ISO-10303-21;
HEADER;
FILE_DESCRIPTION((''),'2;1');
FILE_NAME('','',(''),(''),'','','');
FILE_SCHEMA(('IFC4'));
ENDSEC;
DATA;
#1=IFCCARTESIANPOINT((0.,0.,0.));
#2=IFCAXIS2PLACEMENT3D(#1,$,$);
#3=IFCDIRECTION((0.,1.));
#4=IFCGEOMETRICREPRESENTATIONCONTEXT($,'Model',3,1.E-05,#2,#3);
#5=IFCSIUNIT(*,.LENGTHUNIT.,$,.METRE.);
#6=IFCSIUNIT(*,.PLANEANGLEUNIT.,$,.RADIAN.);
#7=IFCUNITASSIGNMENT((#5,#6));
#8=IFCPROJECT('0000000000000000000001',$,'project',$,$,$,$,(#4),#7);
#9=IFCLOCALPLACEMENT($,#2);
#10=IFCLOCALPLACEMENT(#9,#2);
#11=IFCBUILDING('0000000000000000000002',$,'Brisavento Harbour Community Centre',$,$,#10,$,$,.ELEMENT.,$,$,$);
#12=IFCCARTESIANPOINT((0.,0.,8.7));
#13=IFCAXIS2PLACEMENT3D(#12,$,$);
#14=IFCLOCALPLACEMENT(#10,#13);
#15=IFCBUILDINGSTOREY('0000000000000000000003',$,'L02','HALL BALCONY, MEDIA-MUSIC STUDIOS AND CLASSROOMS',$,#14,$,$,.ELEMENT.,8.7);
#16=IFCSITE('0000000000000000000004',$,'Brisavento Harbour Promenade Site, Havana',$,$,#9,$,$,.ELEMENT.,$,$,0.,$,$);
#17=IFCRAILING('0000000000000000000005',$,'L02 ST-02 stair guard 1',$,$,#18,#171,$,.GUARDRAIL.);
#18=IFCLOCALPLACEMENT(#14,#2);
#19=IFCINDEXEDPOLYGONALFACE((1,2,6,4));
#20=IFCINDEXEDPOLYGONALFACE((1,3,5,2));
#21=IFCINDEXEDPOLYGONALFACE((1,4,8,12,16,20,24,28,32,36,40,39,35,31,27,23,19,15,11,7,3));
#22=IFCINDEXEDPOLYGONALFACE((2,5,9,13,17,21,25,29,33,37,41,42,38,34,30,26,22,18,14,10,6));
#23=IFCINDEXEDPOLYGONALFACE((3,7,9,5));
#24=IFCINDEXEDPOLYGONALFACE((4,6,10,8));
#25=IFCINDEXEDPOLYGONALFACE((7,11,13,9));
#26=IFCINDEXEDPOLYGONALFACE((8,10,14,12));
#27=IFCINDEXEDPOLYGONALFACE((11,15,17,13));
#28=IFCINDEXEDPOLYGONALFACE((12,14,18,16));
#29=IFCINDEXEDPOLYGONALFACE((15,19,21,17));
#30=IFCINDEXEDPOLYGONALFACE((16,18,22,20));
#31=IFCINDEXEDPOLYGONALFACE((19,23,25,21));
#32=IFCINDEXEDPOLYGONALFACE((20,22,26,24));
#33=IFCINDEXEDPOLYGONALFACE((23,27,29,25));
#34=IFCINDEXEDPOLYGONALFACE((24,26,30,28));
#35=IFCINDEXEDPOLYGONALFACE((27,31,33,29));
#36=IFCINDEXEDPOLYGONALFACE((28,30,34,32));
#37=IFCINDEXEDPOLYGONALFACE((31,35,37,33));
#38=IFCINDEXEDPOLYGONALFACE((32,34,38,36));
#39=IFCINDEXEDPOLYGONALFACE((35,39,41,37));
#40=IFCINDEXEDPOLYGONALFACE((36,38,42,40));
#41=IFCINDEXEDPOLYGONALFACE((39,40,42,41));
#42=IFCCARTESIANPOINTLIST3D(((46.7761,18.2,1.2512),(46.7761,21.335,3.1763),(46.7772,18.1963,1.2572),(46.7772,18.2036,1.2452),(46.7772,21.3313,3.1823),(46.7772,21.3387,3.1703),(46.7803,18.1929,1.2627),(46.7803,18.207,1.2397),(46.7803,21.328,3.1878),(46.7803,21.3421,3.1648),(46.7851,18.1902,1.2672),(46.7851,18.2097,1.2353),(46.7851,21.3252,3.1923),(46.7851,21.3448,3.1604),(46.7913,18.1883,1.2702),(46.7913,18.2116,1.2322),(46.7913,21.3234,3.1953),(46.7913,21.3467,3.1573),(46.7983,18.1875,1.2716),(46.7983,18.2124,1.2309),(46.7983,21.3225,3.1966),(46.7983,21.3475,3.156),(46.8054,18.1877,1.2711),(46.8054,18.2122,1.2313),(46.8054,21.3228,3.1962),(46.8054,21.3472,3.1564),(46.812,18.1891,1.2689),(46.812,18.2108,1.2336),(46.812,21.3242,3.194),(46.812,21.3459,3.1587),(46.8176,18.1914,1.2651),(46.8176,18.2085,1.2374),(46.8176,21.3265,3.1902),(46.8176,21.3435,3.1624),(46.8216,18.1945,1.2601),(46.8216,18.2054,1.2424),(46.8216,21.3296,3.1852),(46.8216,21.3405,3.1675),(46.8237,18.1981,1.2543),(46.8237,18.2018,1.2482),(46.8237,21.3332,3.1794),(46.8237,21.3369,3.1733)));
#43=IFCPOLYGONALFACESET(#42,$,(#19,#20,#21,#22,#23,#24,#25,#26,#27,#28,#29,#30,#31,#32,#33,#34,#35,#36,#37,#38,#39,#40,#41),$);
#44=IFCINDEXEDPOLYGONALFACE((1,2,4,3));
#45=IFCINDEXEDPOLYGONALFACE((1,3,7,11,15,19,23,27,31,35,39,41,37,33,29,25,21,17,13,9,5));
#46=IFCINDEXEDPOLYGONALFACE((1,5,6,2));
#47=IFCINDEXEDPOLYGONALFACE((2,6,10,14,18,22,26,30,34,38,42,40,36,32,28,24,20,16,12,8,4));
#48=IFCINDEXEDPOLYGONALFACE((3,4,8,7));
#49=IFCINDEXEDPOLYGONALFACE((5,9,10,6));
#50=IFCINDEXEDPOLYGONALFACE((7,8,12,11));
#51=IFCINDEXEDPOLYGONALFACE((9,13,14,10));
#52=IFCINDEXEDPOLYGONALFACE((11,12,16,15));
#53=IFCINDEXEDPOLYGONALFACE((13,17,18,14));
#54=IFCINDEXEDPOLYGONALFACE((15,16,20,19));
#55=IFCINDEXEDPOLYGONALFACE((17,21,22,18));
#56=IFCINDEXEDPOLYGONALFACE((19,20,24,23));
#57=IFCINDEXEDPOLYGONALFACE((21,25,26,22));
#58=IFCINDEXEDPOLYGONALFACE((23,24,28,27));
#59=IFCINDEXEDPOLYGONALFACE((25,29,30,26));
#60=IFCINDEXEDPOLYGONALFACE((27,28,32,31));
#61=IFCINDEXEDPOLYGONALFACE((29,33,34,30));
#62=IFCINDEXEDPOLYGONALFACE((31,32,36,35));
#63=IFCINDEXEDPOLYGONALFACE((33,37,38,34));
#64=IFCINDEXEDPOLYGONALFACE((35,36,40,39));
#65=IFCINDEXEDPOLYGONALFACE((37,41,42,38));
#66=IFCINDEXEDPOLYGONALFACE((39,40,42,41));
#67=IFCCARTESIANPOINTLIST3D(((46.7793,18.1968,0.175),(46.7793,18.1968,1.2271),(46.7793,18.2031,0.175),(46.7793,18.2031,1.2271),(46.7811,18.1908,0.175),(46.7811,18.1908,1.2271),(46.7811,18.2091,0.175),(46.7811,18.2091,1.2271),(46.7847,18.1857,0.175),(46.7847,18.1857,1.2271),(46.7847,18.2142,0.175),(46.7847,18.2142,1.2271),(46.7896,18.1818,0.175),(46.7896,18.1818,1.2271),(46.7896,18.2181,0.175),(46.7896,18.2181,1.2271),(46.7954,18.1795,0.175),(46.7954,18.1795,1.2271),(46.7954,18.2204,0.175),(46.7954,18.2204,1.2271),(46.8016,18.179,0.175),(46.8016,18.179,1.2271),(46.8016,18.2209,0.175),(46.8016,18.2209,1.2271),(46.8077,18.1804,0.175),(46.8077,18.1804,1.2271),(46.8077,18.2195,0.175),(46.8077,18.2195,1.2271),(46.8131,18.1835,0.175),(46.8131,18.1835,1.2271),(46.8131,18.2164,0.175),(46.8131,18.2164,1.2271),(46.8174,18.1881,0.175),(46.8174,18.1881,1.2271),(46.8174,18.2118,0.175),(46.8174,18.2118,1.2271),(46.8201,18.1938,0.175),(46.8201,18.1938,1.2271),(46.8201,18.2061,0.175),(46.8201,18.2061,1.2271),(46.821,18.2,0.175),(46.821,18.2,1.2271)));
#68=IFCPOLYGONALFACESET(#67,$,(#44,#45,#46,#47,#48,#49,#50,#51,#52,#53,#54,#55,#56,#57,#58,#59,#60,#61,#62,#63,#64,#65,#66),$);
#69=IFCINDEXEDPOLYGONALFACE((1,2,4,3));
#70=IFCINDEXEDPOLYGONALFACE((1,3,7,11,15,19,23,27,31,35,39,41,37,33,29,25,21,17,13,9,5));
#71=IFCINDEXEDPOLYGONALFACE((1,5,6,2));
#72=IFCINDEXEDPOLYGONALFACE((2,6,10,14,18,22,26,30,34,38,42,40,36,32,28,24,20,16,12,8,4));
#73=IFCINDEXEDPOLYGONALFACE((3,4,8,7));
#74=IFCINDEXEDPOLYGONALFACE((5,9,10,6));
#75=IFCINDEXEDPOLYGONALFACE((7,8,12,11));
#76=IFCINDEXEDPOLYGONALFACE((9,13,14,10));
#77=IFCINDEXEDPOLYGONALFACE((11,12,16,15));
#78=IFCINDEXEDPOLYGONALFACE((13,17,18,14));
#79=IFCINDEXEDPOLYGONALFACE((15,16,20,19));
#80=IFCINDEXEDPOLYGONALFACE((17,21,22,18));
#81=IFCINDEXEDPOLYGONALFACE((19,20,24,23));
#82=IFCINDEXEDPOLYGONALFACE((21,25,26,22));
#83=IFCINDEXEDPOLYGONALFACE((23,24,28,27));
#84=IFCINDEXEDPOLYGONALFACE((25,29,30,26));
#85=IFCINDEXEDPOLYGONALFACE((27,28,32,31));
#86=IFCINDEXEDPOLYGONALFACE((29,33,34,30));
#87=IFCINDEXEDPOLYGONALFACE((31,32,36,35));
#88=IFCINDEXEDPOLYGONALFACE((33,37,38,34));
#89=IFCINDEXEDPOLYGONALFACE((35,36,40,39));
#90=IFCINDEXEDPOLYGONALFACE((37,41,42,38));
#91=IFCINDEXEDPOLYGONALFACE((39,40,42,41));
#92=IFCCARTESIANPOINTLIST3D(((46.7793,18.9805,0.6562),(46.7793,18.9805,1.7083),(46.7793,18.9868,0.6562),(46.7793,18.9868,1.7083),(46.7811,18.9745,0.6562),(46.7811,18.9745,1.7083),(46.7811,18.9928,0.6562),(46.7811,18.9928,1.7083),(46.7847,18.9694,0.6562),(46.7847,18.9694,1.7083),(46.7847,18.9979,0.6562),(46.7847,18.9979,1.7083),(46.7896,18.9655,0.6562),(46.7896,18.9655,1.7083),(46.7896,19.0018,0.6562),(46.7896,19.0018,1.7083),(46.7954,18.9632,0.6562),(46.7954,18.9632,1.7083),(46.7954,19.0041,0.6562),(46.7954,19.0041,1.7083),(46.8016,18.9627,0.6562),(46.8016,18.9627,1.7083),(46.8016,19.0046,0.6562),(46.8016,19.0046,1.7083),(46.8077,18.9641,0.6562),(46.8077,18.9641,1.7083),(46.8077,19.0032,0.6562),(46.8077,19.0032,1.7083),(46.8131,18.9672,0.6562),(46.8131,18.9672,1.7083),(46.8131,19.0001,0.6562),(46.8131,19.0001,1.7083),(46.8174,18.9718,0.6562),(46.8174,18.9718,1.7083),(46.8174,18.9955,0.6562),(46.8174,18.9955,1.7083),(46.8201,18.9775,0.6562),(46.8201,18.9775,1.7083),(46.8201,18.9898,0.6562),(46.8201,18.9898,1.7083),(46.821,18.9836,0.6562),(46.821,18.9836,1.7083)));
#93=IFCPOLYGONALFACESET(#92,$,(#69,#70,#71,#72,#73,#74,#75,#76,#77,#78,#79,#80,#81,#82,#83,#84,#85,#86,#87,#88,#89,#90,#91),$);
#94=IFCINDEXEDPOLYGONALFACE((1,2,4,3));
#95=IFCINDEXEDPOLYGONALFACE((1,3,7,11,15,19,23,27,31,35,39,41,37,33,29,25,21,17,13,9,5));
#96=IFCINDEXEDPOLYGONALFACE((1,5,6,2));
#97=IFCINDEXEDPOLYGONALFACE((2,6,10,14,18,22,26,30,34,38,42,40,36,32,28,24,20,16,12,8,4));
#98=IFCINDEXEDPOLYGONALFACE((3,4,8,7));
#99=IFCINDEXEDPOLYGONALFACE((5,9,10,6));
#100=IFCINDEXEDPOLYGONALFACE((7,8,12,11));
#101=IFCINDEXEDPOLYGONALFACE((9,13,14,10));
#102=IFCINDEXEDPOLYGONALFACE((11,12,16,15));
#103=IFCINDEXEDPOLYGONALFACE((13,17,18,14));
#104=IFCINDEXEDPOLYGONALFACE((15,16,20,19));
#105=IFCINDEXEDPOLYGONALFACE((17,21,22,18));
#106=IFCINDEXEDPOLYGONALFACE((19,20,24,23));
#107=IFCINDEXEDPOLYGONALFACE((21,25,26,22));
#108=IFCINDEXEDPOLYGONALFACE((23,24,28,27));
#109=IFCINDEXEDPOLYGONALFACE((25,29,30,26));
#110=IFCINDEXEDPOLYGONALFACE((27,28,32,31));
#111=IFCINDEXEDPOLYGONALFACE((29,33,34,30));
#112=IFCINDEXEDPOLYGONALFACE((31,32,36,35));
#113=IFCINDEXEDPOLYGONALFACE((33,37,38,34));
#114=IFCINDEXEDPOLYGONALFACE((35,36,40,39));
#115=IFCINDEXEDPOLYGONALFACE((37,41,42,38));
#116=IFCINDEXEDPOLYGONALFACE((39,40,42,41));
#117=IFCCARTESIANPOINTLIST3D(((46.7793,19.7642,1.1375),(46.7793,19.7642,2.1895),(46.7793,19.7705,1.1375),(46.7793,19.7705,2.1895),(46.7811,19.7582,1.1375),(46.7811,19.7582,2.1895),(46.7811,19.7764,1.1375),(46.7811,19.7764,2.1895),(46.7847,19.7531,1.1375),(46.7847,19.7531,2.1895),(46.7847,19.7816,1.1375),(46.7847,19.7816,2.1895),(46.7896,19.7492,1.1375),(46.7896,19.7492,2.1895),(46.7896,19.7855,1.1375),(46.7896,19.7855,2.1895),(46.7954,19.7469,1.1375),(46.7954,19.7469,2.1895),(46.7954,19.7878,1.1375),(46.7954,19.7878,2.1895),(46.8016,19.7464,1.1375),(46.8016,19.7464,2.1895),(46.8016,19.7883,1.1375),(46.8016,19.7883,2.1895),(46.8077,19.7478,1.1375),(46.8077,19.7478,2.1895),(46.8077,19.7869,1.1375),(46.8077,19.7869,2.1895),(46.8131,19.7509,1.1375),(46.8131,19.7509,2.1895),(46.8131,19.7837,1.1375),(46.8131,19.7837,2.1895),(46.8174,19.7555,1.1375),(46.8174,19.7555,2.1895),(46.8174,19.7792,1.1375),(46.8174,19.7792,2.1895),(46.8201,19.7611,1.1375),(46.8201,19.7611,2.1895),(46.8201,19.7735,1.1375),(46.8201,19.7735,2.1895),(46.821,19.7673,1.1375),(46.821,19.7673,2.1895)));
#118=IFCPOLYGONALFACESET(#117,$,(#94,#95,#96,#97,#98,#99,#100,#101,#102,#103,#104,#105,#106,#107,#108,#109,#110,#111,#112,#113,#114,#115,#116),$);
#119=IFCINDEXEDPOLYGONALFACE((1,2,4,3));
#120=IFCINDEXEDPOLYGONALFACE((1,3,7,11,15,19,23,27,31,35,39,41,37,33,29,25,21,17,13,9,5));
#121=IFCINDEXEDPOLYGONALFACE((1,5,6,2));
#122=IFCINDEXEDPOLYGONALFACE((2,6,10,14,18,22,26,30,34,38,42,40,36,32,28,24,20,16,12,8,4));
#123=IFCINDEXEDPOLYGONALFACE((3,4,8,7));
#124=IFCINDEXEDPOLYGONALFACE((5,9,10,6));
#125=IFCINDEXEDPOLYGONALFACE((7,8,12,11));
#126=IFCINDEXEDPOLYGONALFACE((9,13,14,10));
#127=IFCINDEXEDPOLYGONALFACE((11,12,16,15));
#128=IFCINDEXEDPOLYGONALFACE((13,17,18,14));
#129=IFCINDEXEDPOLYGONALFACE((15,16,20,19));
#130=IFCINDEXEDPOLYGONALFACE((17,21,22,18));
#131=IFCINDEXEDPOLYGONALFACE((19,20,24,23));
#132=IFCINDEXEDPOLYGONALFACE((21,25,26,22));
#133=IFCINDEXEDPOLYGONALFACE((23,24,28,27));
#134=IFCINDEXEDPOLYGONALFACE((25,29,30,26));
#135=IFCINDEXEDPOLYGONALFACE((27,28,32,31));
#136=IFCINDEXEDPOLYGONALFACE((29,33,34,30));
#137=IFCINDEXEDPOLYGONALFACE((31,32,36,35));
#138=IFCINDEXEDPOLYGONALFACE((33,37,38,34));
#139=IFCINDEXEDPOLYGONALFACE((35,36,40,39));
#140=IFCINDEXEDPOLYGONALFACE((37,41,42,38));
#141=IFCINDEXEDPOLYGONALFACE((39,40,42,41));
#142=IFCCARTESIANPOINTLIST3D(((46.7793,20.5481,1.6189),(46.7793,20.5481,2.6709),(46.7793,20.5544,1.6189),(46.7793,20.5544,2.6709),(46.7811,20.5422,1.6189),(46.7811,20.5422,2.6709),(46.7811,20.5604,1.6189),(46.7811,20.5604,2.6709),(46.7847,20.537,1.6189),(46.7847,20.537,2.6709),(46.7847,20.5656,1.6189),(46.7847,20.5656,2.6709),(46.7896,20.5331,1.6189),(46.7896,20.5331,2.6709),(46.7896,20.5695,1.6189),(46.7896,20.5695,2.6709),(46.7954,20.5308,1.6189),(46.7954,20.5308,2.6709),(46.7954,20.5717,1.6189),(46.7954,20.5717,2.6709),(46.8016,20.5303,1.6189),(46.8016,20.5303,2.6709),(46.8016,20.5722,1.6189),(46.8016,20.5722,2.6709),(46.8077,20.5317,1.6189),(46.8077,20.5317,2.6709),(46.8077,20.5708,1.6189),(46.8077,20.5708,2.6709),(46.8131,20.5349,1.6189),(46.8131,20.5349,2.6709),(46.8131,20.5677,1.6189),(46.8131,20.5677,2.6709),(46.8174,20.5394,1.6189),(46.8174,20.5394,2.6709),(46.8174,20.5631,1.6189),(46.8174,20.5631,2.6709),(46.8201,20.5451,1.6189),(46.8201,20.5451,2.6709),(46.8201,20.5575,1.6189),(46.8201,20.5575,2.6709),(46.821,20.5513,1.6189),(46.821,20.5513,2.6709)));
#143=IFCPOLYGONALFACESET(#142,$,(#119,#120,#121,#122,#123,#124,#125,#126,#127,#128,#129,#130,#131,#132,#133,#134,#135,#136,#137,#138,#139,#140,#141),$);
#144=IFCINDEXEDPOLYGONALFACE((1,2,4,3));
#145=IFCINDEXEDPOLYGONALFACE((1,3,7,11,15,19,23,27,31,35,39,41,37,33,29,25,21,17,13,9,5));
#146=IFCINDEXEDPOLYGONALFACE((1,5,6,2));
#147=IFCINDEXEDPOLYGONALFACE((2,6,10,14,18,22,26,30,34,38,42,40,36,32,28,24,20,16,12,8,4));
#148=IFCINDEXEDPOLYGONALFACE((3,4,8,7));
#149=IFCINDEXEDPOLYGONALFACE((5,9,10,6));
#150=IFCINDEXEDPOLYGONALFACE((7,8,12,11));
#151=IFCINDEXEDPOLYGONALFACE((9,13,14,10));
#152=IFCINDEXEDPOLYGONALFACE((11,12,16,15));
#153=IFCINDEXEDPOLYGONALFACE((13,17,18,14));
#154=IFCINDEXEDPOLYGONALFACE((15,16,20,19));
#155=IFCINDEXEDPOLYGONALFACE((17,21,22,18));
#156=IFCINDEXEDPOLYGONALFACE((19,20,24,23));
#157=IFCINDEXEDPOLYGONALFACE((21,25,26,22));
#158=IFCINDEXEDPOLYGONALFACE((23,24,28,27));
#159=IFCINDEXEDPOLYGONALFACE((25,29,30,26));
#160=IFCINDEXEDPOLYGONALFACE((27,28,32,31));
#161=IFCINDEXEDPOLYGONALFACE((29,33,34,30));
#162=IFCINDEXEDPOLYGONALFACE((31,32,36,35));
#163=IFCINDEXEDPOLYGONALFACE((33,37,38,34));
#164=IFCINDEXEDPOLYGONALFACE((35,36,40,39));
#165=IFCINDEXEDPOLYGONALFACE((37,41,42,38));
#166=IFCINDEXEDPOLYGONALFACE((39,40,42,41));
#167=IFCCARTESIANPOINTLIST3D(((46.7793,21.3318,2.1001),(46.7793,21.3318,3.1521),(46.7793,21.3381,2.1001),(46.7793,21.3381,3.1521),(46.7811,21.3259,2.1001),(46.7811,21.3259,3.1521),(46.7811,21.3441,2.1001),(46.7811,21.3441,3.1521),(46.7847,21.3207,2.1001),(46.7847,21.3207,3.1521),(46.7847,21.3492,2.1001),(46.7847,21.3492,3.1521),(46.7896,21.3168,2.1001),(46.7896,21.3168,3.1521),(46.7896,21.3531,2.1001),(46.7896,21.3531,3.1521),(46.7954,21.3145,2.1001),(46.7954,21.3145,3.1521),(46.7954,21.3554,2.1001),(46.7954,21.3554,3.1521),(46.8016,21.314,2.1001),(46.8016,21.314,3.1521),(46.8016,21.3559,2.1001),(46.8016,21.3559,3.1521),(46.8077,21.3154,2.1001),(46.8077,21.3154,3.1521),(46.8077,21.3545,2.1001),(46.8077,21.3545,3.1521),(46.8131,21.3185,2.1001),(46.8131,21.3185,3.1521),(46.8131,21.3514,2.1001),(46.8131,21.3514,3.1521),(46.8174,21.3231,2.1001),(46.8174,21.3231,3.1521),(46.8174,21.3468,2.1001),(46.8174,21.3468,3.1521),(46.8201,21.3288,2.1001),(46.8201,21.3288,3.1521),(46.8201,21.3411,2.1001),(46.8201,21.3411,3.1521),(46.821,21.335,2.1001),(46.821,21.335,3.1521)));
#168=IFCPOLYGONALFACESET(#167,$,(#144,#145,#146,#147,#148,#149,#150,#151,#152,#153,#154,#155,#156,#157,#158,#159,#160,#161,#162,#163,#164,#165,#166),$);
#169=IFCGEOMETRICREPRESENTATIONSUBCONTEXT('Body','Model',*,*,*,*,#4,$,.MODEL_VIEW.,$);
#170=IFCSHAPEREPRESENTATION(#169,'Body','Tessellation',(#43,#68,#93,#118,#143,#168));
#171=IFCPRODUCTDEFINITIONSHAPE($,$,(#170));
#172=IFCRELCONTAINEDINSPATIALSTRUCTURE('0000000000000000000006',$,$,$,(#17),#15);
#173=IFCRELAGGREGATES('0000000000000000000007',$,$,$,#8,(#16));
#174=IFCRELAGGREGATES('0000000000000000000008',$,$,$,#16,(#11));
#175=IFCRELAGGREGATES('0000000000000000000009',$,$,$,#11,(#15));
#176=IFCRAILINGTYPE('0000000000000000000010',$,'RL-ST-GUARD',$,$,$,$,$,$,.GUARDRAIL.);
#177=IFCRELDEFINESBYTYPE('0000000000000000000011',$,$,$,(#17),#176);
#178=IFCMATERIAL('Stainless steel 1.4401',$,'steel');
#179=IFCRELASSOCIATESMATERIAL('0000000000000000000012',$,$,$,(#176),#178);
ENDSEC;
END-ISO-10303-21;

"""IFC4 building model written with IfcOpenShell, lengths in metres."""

from ifc_helpers import new_model, si_unit, direction, frame, origin, origin_2d, place, context, subcontext, project, spatial, circle, extrude, material, type_object, element, save


model = new_model("IFC4")

# Units and contexts
model_context = context("Model", 3, precision=1e-05, world=origin(), true_north=direction((0.0, 1.0)))
body_context = subcontext(model_context, "Body", "Model", "MODEL_VIEW")
ifc_project = project(units=[si_unit("LENGTHUNIT", "METRE"), si_unit("PLANEANGLEUNIT", "RADIAN")], contexts=[model_context])

# Site, building, storey
site_placement = place(None, origin())
site = spatial("IfcSite", under=ifc_project, at=site_placement, Name="Brisavento Harbour Promenade Site, Havana", CompositionType="ELEMENT", RefElevation=0.0)
building_placement = place(site_placement, origin())
building = spatial("IfcBuilding", under=site, at=building_placement, Name="Brisavento Harbour Community Centre", CompositionType="ELEMENT")
storey_placement = place(building_placement, frame((0.0, 0.0, 8.7)))
storey = spatial("IfcBuildingStorey", under=building, at=storey_placement, Name="L02", Description="HALL BALCONY, MEDIA-MUSIC STUDIOS AND CLASSROOMS", CompositionType="ELEMENT", Elevation=8.7)

# Railing
ifc_material_1 = material(Name="Stainless steel 1.4401", Category="steel")
railing_type_1 = type_object("IfcRailingType", Name="RL-ST-GUARD", PredefinedType="GUARDRAIL", material=ifc_material_1)
railing_1_placement = place(storey_placement, frame((46.8, 18.2, 0.175)))
element("IfcRailing", 1, at=railing_1_placement, inside=storey, type_object=railing_type_1, Name="L02 ST-02 stair guard 1", PredefinedType="GUARDRAIL", context=body_context, shape_type="SweptSolid", body=[
    extrude(circle(Radius=0.0239, at=origin_2d()), frame((0.0, 0.0, 1.0762), z_axis=(0.0, 0.852166, 0.523271), x_axis=(-1.0, 0.0, 0.0)), (0.0, 0.0, 1.0), 3.679),
    extrude(circle(Radius=0.021, at=origin_2d()), origin(), (0.0, 0.0, 1.0), 1.052),
    extrude(circle(Radius=0.021, at=origin_2d()), frame((0.0, 0.7837, 0.4812)), (0.0, 0.0, 1.0), 1.052),
    extrude(circle(Radius=0.021, at=origin_2d()), frame((0.0, 1.5674, 0.9624)), (0.0, 0.0, 1.0), 1.052),
    extrude(circle(Radius=0.021, at=origin_2d()), frame((0.0, 2.3513, 1.4438)), (0.0, 0.0, 1.0), 1.052),
    extrude(circle(Radius=0.021, at=origin_2d()), frame((0.0, 3.135, 1.925)), (0.0, 0.0, 1.0), 1.052),
])

save(model, "model.ifc")
